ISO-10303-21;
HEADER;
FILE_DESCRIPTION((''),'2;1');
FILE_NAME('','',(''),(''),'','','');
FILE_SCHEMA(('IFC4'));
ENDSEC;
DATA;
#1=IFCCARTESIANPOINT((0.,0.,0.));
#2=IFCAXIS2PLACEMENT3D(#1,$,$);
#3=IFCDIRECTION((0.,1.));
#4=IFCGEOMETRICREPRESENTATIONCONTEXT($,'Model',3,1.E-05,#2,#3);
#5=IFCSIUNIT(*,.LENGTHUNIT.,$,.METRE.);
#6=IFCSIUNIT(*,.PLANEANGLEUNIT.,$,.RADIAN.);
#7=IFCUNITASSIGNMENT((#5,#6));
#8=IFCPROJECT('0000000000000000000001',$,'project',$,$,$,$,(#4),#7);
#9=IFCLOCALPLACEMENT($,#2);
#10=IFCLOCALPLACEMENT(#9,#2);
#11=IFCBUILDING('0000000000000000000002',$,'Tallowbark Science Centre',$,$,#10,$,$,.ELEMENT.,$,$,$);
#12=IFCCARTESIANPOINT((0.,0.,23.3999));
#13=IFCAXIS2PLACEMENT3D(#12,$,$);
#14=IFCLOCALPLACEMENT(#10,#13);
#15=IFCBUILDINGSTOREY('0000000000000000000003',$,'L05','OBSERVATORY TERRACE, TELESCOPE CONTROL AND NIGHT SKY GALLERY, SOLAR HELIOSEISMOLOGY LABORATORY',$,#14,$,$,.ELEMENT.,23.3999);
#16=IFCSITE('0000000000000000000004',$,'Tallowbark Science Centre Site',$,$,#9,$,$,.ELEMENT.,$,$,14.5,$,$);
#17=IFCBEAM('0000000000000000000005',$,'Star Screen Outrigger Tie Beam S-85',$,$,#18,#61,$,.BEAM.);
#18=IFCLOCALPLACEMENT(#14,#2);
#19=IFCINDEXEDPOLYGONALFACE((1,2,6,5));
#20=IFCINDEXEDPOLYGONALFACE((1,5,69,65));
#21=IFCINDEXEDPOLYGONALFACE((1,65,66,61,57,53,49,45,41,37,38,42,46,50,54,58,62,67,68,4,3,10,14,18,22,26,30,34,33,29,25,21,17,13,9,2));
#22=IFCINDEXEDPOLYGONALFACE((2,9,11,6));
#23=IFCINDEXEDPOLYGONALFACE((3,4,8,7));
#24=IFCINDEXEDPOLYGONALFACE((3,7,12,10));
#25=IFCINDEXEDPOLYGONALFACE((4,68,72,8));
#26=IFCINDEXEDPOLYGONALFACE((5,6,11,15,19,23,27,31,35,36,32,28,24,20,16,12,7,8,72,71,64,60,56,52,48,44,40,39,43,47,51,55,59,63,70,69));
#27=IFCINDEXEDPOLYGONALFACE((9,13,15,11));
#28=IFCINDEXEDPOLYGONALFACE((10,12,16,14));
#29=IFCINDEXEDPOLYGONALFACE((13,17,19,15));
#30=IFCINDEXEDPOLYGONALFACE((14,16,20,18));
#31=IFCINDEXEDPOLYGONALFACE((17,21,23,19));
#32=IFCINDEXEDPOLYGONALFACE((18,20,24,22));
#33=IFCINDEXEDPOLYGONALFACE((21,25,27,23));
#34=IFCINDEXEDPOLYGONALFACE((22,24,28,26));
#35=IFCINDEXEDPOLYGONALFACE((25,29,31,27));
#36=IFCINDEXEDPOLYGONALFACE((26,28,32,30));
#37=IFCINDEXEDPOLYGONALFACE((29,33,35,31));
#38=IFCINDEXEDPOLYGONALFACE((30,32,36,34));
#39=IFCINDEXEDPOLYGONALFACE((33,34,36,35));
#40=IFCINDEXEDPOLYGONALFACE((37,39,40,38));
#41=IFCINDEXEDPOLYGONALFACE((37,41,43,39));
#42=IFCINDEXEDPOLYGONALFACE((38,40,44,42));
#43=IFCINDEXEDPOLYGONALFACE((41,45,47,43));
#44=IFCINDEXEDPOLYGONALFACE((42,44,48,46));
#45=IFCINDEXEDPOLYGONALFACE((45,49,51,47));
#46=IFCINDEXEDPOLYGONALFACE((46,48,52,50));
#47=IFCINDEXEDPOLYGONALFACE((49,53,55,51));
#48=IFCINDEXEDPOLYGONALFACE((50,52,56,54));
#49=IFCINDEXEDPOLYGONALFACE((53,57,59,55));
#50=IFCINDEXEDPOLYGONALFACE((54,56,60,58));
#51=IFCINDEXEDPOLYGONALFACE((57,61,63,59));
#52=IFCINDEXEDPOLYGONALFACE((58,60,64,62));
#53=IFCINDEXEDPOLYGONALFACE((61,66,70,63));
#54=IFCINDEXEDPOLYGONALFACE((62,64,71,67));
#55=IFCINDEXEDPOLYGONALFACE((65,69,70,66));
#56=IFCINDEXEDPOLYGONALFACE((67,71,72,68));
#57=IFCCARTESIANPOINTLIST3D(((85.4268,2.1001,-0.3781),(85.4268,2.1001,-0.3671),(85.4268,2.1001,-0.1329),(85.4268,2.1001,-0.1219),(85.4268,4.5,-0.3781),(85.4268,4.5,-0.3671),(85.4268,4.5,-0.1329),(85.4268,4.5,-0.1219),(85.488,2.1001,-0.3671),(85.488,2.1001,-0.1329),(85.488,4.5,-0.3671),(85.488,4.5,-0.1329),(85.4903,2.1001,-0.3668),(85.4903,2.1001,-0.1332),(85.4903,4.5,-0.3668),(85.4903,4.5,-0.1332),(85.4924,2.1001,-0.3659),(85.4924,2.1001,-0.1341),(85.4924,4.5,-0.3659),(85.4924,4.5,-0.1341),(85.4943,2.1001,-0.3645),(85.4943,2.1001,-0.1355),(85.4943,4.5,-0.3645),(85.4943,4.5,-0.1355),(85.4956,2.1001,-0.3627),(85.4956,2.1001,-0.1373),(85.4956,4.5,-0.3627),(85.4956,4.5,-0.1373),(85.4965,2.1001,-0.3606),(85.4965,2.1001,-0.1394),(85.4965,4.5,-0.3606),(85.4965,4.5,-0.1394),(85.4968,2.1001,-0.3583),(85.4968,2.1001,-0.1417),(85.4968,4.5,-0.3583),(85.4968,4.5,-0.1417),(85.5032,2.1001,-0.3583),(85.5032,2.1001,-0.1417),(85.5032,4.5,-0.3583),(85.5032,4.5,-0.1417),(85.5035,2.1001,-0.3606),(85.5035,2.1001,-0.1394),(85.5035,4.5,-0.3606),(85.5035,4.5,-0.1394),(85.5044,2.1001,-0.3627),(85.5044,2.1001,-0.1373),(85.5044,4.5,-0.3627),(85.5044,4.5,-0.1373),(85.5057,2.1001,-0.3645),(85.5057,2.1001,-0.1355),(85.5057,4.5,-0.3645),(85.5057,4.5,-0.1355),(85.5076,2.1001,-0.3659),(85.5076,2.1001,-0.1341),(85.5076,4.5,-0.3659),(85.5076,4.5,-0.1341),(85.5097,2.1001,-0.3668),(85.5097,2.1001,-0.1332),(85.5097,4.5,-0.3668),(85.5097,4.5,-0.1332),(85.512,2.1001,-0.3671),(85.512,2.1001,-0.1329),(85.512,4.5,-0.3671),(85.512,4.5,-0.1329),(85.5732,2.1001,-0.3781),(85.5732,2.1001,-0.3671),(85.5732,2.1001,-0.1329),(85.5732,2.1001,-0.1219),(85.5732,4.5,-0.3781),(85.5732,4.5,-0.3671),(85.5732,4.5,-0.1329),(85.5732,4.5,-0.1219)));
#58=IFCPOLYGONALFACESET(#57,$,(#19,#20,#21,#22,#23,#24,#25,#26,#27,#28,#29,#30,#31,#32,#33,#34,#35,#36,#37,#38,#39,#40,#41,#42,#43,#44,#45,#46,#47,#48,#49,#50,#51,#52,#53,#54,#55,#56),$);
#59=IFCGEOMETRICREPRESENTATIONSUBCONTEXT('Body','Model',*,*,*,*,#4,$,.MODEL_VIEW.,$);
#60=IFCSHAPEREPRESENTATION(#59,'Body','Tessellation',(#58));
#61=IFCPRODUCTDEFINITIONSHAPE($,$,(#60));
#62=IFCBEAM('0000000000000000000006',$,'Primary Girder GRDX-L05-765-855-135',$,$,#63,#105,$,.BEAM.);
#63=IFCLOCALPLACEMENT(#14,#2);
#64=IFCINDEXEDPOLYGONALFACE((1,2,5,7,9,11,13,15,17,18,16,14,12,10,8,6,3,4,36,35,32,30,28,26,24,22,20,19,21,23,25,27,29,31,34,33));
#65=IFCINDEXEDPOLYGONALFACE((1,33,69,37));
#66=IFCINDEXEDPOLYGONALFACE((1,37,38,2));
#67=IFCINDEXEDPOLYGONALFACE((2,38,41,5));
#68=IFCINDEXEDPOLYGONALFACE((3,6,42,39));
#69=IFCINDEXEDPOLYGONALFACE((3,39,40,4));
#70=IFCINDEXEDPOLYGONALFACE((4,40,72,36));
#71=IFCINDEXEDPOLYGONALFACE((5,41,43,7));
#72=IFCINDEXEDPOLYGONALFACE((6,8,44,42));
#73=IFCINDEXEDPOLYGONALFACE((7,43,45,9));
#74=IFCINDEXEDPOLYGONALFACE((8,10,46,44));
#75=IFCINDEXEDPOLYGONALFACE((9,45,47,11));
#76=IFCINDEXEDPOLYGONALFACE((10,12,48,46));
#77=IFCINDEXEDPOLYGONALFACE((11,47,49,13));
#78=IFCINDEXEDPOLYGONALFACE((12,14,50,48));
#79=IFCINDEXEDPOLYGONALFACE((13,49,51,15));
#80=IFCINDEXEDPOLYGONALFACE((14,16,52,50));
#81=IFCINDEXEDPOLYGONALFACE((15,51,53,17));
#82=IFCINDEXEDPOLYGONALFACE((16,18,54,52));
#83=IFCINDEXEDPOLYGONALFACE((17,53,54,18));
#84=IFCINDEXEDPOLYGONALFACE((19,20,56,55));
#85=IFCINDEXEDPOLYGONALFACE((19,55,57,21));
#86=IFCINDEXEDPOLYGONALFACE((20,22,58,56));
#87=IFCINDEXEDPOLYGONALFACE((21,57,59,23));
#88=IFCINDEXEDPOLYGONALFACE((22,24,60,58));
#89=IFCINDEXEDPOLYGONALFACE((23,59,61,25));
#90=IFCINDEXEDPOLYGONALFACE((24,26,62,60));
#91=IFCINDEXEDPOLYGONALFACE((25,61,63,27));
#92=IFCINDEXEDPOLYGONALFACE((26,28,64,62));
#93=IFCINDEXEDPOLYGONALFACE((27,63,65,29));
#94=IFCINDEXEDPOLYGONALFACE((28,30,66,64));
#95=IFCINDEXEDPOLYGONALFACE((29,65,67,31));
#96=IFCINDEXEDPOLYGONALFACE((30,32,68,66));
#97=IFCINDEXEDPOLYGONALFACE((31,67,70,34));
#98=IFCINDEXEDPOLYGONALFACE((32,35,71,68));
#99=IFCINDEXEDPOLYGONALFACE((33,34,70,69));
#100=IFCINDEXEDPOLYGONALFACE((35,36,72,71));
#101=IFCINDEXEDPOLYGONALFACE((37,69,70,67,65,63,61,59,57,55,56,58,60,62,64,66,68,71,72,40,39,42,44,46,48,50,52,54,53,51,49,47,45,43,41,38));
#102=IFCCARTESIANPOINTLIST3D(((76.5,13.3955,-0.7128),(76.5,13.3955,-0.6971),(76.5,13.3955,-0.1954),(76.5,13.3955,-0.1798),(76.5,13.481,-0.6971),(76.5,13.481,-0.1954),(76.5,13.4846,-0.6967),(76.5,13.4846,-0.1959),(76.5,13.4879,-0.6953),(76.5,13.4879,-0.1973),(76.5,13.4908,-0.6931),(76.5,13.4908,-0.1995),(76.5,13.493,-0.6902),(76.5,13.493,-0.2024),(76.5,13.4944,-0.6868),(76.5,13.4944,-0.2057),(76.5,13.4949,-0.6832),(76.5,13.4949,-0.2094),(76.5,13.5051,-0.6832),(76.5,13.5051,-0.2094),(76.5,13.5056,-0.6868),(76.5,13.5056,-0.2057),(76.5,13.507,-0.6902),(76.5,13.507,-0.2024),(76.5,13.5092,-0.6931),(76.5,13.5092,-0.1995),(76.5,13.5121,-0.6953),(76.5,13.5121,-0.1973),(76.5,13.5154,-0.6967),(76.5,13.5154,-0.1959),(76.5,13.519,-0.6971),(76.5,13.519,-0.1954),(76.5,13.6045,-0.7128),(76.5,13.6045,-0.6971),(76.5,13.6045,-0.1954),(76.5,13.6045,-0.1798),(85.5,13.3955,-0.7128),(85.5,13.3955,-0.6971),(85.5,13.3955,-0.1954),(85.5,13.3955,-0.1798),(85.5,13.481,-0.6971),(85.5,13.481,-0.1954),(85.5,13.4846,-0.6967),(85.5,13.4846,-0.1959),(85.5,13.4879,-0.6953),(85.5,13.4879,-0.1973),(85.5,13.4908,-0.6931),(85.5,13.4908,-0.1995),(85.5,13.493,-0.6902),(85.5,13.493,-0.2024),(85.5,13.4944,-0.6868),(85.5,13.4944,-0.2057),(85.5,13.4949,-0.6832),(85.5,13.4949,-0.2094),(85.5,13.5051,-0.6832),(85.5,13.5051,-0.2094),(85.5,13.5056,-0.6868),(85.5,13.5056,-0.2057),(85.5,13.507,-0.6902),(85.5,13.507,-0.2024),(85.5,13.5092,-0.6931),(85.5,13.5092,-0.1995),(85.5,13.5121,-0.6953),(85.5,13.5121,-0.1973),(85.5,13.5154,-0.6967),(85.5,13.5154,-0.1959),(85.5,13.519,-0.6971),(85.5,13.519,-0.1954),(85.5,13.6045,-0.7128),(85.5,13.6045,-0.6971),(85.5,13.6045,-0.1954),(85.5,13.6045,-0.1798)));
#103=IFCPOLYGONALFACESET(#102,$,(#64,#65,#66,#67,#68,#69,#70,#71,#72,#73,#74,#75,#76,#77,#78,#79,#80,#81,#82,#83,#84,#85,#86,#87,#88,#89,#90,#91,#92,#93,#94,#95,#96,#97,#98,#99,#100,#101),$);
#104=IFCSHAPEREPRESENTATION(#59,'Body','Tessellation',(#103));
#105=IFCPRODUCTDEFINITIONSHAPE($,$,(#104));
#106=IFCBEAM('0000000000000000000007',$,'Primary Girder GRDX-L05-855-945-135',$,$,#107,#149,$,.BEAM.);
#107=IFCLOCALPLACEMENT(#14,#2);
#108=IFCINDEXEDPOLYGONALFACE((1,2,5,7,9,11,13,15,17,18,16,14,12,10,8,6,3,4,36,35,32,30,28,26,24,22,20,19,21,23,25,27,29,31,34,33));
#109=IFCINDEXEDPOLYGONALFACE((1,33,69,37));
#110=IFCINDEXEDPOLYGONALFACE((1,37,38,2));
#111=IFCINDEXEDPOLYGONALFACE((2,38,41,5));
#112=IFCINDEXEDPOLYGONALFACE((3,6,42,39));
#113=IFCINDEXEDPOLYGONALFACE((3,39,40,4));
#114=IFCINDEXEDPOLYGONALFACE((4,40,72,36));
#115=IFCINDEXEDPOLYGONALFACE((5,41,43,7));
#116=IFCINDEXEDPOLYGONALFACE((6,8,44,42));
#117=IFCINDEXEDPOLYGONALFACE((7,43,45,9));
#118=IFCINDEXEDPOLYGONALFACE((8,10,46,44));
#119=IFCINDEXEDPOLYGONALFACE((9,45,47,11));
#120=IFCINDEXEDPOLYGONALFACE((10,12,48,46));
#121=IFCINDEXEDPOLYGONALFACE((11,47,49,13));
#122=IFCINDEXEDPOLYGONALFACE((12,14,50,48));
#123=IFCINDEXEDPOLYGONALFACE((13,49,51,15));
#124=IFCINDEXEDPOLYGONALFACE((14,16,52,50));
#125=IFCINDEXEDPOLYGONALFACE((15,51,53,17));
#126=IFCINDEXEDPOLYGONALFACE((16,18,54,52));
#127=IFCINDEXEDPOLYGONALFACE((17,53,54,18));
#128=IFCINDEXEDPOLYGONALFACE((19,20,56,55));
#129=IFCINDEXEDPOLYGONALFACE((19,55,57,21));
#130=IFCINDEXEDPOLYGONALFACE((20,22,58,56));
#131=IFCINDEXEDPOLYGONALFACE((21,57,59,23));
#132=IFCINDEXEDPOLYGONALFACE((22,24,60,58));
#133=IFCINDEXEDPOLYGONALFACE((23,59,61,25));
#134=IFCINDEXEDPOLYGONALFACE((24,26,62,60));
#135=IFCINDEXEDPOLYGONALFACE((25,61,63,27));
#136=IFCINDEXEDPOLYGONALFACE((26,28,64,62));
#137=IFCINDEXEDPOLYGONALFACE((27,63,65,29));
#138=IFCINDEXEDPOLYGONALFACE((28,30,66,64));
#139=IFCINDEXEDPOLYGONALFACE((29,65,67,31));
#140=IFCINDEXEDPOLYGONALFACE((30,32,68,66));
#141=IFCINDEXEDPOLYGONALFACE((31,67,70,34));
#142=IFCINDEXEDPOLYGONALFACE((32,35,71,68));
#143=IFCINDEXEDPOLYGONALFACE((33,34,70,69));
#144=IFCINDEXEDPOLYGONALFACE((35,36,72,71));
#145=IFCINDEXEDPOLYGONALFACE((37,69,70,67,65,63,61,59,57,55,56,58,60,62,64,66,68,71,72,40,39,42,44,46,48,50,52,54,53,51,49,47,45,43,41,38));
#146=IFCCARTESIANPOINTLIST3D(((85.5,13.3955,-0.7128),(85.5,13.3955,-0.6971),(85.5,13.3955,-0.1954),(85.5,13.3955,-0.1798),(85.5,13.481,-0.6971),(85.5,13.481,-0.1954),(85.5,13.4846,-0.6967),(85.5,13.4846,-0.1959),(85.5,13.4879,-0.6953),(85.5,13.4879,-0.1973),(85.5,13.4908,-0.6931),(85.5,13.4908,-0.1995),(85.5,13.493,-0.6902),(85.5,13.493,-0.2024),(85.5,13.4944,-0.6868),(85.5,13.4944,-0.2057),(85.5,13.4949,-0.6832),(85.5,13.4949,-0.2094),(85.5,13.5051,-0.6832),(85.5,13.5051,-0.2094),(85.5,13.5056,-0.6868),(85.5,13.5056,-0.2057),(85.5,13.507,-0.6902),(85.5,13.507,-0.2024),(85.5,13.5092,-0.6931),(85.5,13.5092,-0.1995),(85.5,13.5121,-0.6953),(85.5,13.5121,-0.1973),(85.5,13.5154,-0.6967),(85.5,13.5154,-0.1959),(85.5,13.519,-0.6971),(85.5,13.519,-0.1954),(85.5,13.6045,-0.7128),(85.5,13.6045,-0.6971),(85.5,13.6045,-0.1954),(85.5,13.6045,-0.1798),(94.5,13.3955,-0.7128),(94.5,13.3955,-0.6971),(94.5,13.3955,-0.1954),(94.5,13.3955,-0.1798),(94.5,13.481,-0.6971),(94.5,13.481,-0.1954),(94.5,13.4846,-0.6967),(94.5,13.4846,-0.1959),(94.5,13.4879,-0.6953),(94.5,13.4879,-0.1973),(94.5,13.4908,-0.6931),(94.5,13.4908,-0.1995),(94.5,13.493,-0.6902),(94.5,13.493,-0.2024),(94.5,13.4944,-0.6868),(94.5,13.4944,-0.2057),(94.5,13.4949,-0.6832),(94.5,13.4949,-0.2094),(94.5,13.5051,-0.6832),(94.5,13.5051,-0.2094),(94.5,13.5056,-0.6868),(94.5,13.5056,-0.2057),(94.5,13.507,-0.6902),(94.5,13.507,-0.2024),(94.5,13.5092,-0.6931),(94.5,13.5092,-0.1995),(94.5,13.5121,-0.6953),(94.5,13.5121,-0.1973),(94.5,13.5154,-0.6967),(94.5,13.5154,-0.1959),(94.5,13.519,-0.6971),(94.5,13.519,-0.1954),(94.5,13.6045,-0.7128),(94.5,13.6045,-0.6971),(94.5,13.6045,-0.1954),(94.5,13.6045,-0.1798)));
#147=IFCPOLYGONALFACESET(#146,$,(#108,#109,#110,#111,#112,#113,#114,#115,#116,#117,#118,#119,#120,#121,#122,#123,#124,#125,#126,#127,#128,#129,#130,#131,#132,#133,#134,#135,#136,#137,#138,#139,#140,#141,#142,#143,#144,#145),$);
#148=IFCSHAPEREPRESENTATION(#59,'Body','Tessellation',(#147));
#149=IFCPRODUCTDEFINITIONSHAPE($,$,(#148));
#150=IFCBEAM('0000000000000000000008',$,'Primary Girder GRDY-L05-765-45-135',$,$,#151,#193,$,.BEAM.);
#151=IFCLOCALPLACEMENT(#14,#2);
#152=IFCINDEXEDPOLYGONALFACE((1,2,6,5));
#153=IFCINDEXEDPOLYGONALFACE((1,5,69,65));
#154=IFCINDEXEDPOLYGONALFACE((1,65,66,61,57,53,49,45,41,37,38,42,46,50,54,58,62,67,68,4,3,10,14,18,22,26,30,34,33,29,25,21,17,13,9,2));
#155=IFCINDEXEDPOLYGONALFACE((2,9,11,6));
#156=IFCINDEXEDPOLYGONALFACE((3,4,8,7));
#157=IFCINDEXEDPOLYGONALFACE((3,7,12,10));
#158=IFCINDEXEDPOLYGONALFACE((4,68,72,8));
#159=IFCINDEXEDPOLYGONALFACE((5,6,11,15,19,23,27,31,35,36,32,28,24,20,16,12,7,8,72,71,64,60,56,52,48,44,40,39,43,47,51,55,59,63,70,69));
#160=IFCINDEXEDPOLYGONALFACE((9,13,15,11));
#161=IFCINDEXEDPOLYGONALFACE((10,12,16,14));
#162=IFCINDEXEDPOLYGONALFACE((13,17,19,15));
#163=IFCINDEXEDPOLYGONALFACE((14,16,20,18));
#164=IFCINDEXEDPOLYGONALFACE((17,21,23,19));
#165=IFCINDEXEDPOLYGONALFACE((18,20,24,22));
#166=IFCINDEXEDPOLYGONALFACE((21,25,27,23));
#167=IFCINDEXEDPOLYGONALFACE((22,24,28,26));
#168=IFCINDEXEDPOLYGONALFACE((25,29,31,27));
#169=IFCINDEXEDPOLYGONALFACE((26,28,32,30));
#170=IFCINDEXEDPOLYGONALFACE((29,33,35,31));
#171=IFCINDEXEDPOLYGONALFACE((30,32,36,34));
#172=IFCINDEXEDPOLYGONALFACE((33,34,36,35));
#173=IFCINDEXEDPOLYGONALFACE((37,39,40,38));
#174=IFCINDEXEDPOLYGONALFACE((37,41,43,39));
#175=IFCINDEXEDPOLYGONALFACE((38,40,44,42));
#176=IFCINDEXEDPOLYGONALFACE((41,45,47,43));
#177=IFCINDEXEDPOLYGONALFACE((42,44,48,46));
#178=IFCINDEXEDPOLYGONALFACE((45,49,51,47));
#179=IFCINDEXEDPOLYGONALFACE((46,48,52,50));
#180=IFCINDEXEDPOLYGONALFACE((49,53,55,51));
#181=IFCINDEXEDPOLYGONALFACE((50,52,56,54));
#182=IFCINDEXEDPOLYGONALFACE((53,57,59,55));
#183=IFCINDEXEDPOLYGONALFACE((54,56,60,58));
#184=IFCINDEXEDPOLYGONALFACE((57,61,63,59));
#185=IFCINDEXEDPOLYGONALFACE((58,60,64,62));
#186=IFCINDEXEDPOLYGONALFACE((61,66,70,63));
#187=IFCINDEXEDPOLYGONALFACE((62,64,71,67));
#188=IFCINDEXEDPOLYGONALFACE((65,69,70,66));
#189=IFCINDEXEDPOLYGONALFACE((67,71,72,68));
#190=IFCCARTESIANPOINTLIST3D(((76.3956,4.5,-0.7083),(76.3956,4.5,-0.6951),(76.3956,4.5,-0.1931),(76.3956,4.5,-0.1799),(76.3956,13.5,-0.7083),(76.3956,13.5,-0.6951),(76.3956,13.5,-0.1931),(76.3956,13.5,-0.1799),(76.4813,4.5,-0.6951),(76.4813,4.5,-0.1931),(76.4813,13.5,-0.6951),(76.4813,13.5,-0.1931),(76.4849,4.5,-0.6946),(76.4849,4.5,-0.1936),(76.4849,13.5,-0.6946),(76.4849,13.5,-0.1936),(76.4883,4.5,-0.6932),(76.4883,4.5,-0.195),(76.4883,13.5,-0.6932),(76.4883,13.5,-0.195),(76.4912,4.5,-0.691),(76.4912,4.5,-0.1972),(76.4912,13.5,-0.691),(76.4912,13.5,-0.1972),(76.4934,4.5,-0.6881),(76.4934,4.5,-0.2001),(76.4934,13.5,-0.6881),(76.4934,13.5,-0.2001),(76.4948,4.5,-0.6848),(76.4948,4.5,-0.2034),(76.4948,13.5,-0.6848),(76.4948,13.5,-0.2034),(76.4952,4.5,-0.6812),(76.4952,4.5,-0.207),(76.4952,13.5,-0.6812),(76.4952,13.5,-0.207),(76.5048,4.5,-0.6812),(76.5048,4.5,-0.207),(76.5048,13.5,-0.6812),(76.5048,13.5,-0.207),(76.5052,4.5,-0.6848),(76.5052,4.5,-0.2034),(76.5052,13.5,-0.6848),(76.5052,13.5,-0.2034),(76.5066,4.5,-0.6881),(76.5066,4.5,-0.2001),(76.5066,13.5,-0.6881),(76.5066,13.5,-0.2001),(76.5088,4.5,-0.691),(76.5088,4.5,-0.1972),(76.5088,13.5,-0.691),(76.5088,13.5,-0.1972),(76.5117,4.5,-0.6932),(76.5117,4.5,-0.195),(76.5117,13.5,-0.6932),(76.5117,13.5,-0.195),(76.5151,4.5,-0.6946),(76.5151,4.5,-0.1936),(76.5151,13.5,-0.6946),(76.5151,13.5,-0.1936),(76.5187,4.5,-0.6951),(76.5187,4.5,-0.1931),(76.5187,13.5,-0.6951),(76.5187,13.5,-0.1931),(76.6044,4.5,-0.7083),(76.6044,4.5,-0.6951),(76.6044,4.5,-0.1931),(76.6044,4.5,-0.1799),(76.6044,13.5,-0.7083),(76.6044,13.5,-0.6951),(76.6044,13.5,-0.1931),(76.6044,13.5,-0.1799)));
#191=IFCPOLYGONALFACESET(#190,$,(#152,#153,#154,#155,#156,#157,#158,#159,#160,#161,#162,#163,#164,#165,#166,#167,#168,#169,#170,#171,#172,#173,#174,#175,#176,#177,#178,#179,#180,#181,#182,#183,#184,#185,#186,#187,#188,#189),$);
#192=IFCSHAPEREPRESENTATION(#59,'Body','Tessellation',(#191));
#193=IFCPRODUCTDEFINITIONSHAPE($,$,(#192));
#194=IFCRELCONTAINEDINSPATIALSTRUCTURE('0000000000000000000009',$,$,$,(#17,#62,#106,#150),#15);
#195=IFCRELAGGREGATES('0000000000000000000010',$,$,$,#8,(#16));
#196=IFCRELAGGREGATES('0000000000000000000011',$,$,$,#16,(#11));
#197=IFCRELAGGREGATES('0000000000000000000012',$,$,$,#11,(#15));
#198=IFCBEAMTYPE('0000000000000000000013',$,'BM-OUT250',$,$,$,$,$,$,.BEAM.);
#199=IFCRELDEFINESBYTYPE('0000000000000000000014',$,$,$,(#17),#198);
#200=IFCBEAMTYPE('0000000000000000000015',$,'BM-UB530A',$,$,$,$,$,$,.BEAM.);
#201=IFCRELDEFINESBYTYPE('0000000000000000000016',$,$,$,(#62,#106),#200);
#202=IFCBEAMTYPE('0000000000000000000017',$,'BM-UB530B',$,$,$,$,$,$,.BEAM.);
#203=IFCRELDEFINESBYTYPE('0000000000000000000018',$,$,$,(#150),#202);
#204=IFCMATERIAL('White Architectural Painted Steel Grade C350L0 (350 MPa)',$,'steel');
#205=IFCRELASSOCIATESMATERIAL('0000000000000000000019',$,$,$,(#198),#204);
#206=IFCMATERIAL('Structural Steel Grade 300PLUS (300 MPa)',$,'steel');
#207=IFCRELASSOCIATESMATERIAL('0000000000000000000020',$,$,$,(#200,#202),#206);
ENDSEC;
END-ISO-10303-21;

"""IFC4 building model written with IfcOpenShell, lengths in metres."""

from ifc_helpers import new_model, si_unit, direction, frame, origin, origin_2d, place, context, subcontext, project, spatial, i_section, extrude, material, material_profile, profile_set, type_object, element, save


model = new_model("IFC4")

# Units and contexts
model_context = context("Model", 3, precision=1e-05, world=origin(), true_north=direction((0.0, 1.0)))
body_context = subcontext(model_context, "Body", "Model", "MODEL_VIEW")
ifc_project = project(units=[si_unit("LENGTHUNIT", "METRE"), si_unit("PLANEANGLEUNIT", "RADIAN")], contexts=[model_context])

# Site, building, storey
site_placement = place(None, origin())
site = spatial("IfcSite", under=ifc_project, at=site_placement, Name="Tallowbark Science Centre Site", CompositionType="ELEMENT", RefElevation=14.5)
building_placement = place(site_placement, origin())
building = spatial("IfcBuilding", under=site, at=building_placement, Name="Tallowbark Science Centre", CompositionType="ELEMENT")
storey_placement = place(building_placement, frame((0.0, 0.0, 23.3999)))
storey = spatial("IfcBuildingStorey", under=building, at=storey_placement, Name="L05", Description="OBSERVATORY TERRACE, TELESCOPE CONTROL AND NIGHT SKY GALLERY, SOLAR HELIOSEISMOLOGY LABORATORY", CompositionType="ELEMENT", Elevation=23.3999)

# Shared definitions
ifc_material_1 = material(Name="White Architectural Painted Steel Grade C350L0 (350 MPa)", Category="steel")
ifc_material_2 = material(Name="Structural Steel Grade 300PLUS (300 MPa)", Category="steel")

# Beams
ifc_material_profile_1 = material_profile(ifc_material_1, i_section(OverallWidth=0.1465, OverallDepth=0.2561, WebThickness=0.0063, FlangeThickness=0.011, FilletRadius=0.0088, at=origin_2d()), Name="250UB37.3")
ifc_profile_set_1 = profile_set([ifc_material_profile_1], Name="White Architectural Painted Steel Grade C350L0 (350 MPa)")
beam_type_1 = type_object("IfcBeamType", Name="BM-OUT250", PredefinedType="BEAM", material=ifc_profile_set_1)
for number, where, z_axis, x_axis, name in (
    (1, (85.5, 4.5, -0.25), (0.0, -1.0, 0.0), (1.0, 0.0, 0.0), "Star Screen Outrigger Tie Beam S-85"),
):
    element("IfcBeam", number, at=place(storey_placement, frame(where, z_axis=z_axis, x_axis=x_axis)), inside=storey, type_object=beam_type_1, Name=name, PredefinedType="BEAM", context=body_context, shape_type="SweptSolid", body=[
        extrude(i_section(OverallWidth=0.1465, OverallDepth=0.2561, WebThickness=0.0063, FlangeThickness=0.011, FilletRadius=0.0088, at=origin_2d()), origin(), (0.0, 0.0, 1.0), 2.3999),
    ])
ifc_material_profile_2 = material_profile(ifc_material_2, i_section(OverallWidth=0.209, OverallDepth=0.533, WebThickness=0.0103, FlangeThickness=0.0156, FilletRadius=0.0139, at=origin_2d()), Name="530UB92.4")
ifc_profile_set_2 = profile_set([ifc_material_profile_2], Name="Structural Steel Grade 300PLUS (300 MPa)")
beam_type_2 = type_object("IfcBeamType", Name="BM-UB530A", PredefinedType="BEAM", material=ifc_profile_set_2)
for number, where, z_axis, x_axis, name in (
    (2, (76.5, 13.5, -0.4463), (1.0, 0.0, 0.0), (0.0, 1.0, 0.0), "Primary Girder GRDX-L05-765-855-135"),
    (3, (85.5, 13.5, -0.4463), (1.0, 0.0, 0.0), (0.0, 1.0, 0.0), "Primary Girder GRDX-L05-855-945-135"),
):
    element("IfcBeam", number, at=place(storey_placement, frame(where, z_axis=z_axis, x_axis=x_axis)), inside=storey, type_object=beam_type_2, Name=name, PredefinedType="BEAM", context=body_context, shape_type="SweptSolid", body=[
        extrude(i_section(OverallWidth=0.209, OverallDepth=0.533, WebThickness=0.0103, FlangeThickness=0.0156, FilletRadius=0.0139, at=origin_2d()), origin(), (0.0, 0.0, 1.0), 9.0),
    ])
ifc_material_profile_3 = material_profile(ifc_material_2, i_section(OverallWidth=0.2087, OverallDepth=0.5283, WebThickness=0.0095, FlangeThickness=0.0132, FilletRadius=0.0139, at=origin_2d()), Name="530UB82.0")
ifc_profile_set_3 = profile_set([ifc_material_profile_3], Name="Structural Steel Grade 300PLUS (300 MPa)")
beam_type_3 = type_object("IfcBeamType", Name="BM-UB530B", PredefinedType="BEAM", material=ifc_profile_set_3)
for number, where, z_axis, x_axis, name in (
    (4, (76.5, 4.5, -0.4441), (0.0, 1.0, 0.0), (-1.0, 0.0, 0.0), "Primary Girder GRDY-L05-765-45-135"),
):
    element("IfcBeam", number, at=place(storey_placement, frame(where, z_axis=z_axis, x_axis=x_axis)), inside=storey, type_object=beam_type_3, Name=name, PredefinedType="BEAM", context=body_context, shape_type="SweptSolid", body=[
        extrude(i_section(OverallWidth=0.2087, OverallDepth=0.5283, WebThickness=0.0095, FlangeThickness=0.0132, FilletRadius=0.0139, at=origin_2d()), origin(), (0.0, 0.0, 1.0), 9.0),
    ])

save(model, "model.ifc")
